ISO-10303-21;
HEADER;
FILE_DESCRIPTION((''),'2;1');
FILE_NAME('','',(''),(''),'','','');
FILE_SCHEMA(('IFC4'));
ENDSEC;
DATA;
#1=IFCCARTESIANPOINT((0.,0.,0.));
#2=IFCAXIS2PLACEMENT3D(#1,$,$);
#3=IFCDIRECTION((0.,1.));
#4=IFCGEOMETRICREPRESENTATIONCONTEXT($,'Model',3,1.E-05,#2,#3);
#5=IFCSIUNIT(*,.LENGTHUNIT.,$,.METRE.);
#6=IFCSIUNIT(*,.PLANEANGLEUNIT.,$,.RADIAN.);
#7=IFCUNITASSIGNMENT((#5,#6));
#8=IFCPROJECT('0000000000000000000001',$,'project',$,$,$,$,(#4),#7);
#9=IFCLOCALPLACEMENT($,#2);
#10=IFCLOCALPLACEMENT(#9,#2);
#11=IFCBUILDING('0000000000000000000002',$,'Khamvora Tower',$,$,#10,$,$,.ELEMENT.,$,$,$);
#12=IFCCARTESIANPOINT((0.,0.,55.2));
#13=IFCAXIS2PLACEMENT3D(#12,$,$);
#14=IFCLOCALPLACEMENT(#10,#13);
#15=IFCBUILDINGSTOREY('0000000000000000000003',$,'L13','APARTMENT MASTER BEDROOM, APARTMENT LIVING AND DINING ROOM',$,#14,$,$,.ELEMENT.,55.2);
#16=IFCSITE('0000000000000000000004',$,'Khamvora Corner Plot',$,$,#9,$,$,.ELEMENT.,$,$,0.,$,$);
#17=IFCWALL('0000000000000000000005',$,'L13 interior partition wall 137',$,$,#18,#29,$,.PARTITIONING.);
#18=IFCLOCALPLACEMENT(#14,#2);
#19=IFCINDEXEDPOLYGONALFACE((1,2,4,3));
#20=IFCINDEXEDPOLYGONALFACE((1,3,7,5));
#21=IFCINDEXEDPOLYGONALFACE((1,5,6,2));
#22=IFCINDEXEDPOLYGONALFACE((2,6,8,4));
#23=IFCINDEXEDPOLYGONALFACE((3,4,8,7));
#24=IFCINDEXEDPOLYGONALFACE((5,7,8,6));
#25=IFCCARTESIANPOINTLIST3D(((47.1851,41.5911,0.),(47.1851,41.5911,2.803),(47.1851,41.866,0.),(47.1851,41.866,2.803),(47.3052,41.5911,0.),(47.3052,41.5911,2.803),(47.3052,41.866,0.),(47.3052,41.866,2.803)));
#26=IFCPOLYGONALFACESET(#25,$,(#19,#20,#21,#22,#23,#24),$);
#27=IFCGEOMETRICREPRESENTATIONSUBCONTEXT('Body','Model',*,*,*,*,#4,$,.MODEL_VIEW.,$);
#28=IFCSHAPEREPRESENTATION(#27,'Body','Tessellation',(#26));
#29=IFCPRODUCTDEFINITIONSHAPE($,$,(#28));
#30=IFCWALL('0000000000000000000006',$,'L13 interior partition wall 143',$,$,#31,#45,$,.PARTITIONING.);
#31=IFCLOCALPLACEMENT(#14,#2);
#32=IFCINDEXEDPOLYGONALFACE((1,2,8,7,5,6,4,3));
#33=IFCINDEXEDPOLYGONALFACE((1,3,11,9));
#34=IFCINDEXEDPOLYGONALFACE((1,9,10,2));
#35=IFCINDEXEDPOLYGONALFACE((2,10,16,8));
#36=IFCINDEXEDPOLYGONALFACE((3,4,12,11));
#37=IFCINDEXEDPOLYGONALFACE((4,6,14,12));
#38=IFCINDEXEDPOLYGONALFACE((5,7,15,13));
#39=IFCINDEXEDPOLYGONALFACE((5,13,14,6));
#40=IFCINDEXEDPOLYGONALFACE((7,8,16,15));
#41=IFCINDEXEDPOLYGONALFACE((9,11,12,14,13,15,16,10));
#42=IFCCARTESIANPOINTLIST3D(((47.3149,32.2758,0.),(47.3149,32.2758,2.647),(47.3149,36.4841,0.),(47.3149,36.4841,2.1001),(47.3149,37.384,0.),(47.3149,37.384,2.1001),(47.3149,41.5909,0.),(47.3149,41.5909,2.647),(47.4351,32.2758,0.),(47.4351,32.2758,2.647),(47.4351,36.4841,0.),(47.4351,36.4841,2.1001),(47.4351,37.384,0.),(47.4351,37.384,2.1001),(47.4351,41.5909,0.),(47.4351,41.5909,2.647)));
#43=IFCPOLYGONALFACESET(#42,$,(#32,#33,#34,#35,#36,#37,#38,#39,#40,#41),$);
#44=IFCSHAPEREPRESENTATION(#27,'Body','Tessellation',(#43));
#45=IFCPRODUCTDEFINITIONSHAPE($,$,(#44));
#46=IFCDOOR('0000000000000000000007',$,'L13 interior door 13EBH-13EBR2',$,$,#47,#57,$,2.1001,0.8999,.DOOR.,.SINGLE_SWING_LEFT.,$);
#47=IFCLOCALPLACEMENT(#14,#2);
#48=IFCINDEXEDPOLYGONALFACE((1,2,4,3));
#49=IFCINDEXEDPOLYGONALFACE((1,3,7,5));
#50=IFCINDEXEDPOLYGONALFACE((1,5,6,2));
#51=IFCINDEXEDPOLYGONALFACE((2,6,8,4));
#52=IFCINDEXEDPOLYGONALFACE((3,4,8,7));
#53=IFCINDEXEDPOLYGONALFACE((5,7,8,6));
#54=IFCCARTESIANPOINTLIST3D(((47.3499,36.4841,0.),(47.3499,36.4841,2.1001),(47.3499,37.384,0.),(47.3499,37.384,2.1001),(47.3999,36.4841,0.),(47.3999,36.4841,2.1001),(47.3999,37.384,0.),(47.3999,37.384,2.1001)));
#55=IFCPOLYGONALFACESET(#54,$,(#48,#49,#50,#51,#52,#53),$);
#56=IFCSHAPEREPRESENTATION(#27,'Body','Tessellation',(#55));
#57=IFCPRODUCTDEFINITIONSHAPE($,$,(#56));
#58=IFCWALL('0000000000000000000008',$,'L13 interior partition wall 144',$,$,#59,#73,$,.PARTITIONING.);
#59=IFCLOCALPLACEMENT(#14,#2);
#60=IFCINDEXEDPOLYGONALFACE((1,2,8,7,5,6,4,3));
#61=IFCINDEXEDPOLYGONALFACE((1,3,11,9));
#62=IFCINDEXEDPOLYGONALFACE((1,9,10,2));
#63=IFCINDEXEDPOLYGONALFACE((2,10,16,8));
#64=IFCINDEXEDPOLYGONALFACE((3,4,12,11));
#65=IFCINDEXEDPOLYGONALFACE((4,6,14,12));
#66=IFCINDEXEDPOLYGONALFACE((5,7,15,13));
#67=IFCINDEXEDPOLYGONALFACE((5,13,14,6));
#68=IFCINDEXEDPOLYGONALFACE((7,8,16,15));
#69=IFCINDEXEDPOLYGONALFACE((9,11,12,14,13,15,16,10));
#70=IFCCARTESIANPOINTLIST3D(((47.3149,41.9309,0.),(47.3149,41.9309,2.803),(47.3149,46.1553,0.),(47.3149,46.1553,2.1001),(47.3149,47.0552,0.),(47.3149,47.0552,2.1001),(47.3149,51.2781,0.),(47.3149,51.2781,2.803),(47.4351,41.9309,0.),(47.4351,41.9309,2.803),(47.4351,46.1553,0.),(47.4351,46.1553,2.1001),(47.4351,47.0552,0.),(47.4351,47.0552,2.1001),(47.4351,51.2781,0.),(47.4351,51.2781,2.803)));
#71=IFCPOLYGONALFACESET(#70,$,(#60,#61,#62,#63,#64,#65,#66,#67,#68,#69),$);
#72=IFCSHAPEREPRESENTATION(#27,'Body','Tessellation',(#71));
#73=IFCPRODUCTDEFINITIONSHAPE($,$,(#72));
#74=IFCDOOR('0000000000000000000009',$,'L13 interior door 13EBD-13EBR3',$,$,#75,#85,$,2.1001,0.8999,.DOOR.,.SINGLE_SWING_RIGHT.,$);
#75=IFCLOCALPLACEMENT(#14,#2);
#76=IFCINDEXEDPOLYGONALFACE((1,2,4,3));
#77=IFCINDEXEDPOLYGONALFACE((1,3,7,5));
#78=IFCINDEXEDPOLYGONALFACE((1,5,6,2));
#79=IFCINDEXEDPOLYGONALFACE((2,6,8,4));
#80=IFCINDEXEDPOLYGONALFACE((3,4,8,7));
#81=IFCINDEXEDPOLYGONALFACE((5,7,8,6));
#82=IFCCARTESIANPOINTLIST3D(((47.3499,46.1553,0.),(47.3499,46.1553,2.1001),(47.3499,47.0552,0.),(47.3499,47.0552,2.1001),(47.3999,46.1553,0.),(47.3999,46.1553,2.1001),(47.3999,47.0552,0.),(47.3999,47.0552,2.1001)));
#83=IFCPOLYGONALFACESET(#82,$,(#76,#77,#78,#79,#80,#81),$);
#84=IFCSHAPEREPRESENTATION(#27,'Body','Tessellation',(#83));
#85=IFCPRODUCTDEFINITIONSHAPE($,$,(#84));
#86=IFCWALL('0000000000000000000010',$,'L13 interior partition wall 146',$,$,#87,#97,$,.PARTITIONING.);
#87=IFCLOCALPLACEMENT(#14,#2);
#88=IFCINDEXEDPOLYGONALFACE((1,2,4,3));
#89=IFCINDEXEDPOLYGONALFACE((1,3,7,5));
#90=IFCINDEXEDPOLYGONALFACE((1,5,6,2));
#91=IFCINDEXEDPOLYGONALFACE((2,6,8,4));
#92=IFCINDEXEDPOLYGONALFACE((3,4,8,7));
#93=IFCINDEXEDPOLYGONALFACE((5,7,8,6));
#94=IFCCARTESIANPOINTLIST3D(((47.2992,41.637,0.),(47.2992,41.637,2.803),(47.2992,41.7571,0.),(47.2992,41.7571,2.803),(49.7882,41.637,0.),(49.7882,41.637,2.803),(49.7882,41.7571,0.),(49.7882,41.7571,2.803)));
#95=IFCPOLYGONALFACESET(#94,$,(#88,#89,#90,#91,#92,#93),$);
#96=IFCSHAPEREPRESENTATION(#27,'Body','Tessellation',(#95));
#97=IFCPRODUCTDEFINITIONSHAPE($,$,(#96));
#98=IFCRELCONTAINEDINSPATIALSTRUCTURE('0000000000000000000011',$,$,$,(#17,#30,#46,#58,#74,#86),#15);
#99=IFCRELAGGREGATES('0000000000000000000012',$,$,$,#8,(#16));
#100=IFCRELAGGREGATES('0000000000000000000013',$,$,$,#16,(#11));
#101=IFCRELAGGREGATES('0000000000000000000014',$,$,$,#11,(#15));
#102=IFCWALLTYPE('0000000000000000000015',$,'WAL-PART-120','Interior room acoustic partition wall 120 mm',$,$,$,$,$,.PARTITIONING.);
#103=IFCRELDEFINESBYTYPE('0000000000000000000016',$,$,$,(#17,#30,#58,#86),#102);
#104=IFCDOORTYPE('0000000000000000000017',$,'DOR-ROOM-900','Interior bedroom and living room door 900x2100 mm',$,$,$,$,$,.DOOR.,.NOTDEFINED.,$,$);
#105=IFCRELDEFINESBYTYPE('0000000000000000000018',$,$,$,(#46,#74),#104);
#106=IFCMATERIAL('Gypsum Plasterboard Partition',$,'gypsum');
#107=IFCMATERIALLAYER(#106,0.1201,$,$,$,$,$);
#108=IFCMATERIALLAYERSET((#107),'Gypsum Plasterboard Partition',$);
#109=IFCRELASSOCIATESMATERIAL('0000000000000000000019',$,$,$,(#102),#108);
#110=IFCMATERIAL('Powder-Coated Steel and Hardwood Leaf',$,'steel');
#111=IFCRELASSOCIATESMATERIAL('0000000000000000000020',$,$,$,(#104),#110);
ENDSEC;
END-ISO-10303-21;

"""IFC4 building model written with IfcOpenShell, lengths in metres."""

from ifc_helpers import new_model, si_unit, direction, frame, frame_2d, origin, place, context, subcontext, project, spatial, rectangle, extrude, material, layer, layer_set, type_object, element, fill, save


model = new_model("IFC4")

# Units and contexts
model_context = context("Model", 3, precision=1e-05, world=origin(), true_north=direction((0.0, 1.0)))
body_context = subcontext(model_context, "Body", "Model", "MODEL_VIEW")
ifc_project = project(units=[si_unit("LENGTHUNIT", "METRE"), si_unit("PLANEANGLEUNIT", "RADIAN")], contexts=[model_context])

# Site, building, storey
site_placement = place(None, origin())
site = spatial("IfcSite", under=ifc_project, at=site_placement, Name="Khamvora Corner Plot", CompositionType="ELEMENT", RefElevation=0.0)
building_placement = place(site_placement, origin())
building = spatial("IfcBuilding", under=site, at=building_placement, Name="Khamvora Tower", CompositionType="ELEMENT")
storey_placement = place(building_placement, frame((0.0, 0.0, 55.2)))
storey = spatial("IfcBuildingStorey", under=building, at=storey_placement, Name="L13", Description="APARTMENT MASTER BEDROOM, APARTMENT LIVING AND DINING ROOM", CompositionType="ELEMENT", Elevation=55.2)

# Shared definitions
ifc_material_1 = material(Name="Gypsum Plasterboard Partition", Category="gypsum")
ifc_layer_1 = layer(ifc_material_1, 0.1201)
ifc_layer_set_1 = layer_set([ifc_layer_1], Name="Gypsum Plasterboard Partition")
wall_type_1 = type_object("IfcWallType", Name="WAL-PART-120", Description="Interior room acoustic partition wall 120 mm", PredefinedType="PARTITIONING", material=ifc_layer_set_1)
ifc_material_2 = material(Name="Powder-Coated Steel and Hardwood Leaf", Category="steel")
door_type = type_object("IfcDoorType", Name="DOR-ROOM-900", Description="Interior bedroom and living room door 900x2100 mm", OperationType="NOTDEFINED", PredefinedType="DOOR", material=ifc_material_2)

# Wall
wall_1_placement = place(storey_placement, frame((47.2451, 41.866, 0.0), z_axis=(0.0, 0.0, 1.0), x_axis=(0.0, -1.0, 0.0)))
element("IfcWall", 1, at=wall_1_placement, inside=storey, type_object=wall_type_1, Name="L13 interior partition wall 137", PredefinedType="PARTITIONING", context=body_context, shape_type="SweptSolid", body=[
    extrude(rectangle(XDim=0.2749, YDim=0.1201, at=frame_2d((0.1375, 0.0))), origin(), (0.0, 0.0, 1.0), 2.803),
])

# Walls, openings, doors
wall_2_placement = place(storey_placement, frame((47.375, 41.5911, 0.0), z_axis=(0.0, 0.0, 1.0), x_axis=(0.0, -1.0, 0.0)))
wall_2 = element("IfcWall", 2, at=wall_2_placement, inside=storey, type_object=wall_type_1, Name="L13 interior partition wall 143", PredefinedType="PARTITIONING", context=body_context, shape_type="SweptSolid", body=[
    extrude(rectangle(XDim=9.3152, YDim=0.1201, at=frame_2d((4.6577, 0.0))), origin(), (0.0, 0.0, 1.0), 2.647),
])
opening_1_placement = place(wall_2_placement, frame((4.207, 0.0, 0.0)))
opening_1 = element("IfcOpeningElement", 3, at=opening_1_placement, cuts=wall_2, PredefinedType="OPENING", context=body_context, shape_type="SweptSolid", body=[
    extrude(rectangle(XDim=0.8999, YDim=2.1001, at=frame_2d((0.45, 1.05))), frame((0.0, 0.0701, 0.0), z_axis=(0.0, -1.0, 0.0), x_axis=(1.0, 0.0, 0.0)), (0.0, 0.0, 1.0), 0.1401),
])
door_1_placement = place(opening_1_placement, origin())
door_1 = element("IfcDoor", 4, at=door_1_placement, inside=storey, type_object=door_type, Name="L13 interior door 13EBH-13EBR2", OperationType="SINGLE_SWING_LEFT", OverallHeight=2.1001, OverallWidth=0.8999, PredefinedType="DOOR", context=body_context, shape_type="SweptSolid", body=[
    extrude(rectangle(XDim=0.8999, YDim=2.1001, at=frame_2d((0.45, 1.05))), frame((0.0, 0.0249, 0.0), z_axis=(0.0, -1.0, 0.0), x_axis=(1.0, 0.0, 0.0)), (0.0, 0.0, 1.0), 0.05),
])
fill(opening_1, door_1)
wall_3_placement = place(storey_placement, frame((47.375, 51.2781, 0.0), z_axis=(0.0, 0.0, 1.0), x_axis=(0.0, -1.0, 0.0)))
wall_3 = element("IfcWall", 5, at=wall_3_placement, inside=storey, type_object=wall_type_1, Name="L13 interior partition wall 144", PredefinedType="PARTITIONING", context=body_context, shape_type="SweptSolid", body=[
    extrude(rectangle(XDim=9.3472, YDim=0.1201, at=frame_2d((4.6736, 0.0))), origin(), (0.0, 0.0, 1.0), 2.803),
])
opening_2_placement = place(wall_3_placement, frame((4.2229, 0.0, 0.0)))
opening_2 = element("IfcOpeningElement", 6, at=opening_2_placement, cuts=wall_3, PredefinedType="OPENING", context=body_context, shape_type="SweptSolid", body=[
    extrude(rectangle(XDim=0.8999, YDim=2.1001, at=frame_2d((0.45, 1.05))), frame((0.0, 0.0701, 0.0), z_axis=(0.0, -1.0, 0.0), x_axis=(1.0, 0.0, 0.0)), (0.0, 0.0, 1.0), 0.1401),
])
door_2_placement = place(opening_2_placement, origin())
door_2 = element("IfcDoor", 7, at=door_2_placement, inside=storey, type_object=door_type, Name="L13 interior door 13EBD-13EBR3", OperationType="SINGLE_SWING_RIGHT", OverallHeight=2.1001, OverallWidth=0.8999, PredefinedType="DOOR", context=body_context, shape_type="SweptSolid", body=[
    extrude(rectangle(XDim=0.8999, YDim=2.1001, at=frame_2d((0.45, 1.05))), frame((0.0, 0.0249, 0.0), z_axis=(0.0, -1.0, 0.0), x_axis=(1.0, 0.0, 0.0)), (0.0, 0.0, 1.0), 0.05),
])
fill(opening_2, door_2)

# Wall
wall_4_placement = place(storey_placement, frame((47.2991, 41.697, 0.0), z_axis=(0.0, 0.0, 1.0), x_axis=(1.0, 0.0, 0.0)))
element("IfcWall", 8, at=wall_4_placement, inside=storey, type_object=wall_type_1, Name="L13 interior partition wall 146", PredefinedType="PARTITIONING", context=body_context, shape_type="SweptSolid", body=[
    extrude(rectangle(XDim=2.489, YDim=0.1201, at=frame_2d((1.2446, 0.0))), origin(), (0.0, 0.0, 1.0), 2.803),
])

save(model, "model.ifc")
